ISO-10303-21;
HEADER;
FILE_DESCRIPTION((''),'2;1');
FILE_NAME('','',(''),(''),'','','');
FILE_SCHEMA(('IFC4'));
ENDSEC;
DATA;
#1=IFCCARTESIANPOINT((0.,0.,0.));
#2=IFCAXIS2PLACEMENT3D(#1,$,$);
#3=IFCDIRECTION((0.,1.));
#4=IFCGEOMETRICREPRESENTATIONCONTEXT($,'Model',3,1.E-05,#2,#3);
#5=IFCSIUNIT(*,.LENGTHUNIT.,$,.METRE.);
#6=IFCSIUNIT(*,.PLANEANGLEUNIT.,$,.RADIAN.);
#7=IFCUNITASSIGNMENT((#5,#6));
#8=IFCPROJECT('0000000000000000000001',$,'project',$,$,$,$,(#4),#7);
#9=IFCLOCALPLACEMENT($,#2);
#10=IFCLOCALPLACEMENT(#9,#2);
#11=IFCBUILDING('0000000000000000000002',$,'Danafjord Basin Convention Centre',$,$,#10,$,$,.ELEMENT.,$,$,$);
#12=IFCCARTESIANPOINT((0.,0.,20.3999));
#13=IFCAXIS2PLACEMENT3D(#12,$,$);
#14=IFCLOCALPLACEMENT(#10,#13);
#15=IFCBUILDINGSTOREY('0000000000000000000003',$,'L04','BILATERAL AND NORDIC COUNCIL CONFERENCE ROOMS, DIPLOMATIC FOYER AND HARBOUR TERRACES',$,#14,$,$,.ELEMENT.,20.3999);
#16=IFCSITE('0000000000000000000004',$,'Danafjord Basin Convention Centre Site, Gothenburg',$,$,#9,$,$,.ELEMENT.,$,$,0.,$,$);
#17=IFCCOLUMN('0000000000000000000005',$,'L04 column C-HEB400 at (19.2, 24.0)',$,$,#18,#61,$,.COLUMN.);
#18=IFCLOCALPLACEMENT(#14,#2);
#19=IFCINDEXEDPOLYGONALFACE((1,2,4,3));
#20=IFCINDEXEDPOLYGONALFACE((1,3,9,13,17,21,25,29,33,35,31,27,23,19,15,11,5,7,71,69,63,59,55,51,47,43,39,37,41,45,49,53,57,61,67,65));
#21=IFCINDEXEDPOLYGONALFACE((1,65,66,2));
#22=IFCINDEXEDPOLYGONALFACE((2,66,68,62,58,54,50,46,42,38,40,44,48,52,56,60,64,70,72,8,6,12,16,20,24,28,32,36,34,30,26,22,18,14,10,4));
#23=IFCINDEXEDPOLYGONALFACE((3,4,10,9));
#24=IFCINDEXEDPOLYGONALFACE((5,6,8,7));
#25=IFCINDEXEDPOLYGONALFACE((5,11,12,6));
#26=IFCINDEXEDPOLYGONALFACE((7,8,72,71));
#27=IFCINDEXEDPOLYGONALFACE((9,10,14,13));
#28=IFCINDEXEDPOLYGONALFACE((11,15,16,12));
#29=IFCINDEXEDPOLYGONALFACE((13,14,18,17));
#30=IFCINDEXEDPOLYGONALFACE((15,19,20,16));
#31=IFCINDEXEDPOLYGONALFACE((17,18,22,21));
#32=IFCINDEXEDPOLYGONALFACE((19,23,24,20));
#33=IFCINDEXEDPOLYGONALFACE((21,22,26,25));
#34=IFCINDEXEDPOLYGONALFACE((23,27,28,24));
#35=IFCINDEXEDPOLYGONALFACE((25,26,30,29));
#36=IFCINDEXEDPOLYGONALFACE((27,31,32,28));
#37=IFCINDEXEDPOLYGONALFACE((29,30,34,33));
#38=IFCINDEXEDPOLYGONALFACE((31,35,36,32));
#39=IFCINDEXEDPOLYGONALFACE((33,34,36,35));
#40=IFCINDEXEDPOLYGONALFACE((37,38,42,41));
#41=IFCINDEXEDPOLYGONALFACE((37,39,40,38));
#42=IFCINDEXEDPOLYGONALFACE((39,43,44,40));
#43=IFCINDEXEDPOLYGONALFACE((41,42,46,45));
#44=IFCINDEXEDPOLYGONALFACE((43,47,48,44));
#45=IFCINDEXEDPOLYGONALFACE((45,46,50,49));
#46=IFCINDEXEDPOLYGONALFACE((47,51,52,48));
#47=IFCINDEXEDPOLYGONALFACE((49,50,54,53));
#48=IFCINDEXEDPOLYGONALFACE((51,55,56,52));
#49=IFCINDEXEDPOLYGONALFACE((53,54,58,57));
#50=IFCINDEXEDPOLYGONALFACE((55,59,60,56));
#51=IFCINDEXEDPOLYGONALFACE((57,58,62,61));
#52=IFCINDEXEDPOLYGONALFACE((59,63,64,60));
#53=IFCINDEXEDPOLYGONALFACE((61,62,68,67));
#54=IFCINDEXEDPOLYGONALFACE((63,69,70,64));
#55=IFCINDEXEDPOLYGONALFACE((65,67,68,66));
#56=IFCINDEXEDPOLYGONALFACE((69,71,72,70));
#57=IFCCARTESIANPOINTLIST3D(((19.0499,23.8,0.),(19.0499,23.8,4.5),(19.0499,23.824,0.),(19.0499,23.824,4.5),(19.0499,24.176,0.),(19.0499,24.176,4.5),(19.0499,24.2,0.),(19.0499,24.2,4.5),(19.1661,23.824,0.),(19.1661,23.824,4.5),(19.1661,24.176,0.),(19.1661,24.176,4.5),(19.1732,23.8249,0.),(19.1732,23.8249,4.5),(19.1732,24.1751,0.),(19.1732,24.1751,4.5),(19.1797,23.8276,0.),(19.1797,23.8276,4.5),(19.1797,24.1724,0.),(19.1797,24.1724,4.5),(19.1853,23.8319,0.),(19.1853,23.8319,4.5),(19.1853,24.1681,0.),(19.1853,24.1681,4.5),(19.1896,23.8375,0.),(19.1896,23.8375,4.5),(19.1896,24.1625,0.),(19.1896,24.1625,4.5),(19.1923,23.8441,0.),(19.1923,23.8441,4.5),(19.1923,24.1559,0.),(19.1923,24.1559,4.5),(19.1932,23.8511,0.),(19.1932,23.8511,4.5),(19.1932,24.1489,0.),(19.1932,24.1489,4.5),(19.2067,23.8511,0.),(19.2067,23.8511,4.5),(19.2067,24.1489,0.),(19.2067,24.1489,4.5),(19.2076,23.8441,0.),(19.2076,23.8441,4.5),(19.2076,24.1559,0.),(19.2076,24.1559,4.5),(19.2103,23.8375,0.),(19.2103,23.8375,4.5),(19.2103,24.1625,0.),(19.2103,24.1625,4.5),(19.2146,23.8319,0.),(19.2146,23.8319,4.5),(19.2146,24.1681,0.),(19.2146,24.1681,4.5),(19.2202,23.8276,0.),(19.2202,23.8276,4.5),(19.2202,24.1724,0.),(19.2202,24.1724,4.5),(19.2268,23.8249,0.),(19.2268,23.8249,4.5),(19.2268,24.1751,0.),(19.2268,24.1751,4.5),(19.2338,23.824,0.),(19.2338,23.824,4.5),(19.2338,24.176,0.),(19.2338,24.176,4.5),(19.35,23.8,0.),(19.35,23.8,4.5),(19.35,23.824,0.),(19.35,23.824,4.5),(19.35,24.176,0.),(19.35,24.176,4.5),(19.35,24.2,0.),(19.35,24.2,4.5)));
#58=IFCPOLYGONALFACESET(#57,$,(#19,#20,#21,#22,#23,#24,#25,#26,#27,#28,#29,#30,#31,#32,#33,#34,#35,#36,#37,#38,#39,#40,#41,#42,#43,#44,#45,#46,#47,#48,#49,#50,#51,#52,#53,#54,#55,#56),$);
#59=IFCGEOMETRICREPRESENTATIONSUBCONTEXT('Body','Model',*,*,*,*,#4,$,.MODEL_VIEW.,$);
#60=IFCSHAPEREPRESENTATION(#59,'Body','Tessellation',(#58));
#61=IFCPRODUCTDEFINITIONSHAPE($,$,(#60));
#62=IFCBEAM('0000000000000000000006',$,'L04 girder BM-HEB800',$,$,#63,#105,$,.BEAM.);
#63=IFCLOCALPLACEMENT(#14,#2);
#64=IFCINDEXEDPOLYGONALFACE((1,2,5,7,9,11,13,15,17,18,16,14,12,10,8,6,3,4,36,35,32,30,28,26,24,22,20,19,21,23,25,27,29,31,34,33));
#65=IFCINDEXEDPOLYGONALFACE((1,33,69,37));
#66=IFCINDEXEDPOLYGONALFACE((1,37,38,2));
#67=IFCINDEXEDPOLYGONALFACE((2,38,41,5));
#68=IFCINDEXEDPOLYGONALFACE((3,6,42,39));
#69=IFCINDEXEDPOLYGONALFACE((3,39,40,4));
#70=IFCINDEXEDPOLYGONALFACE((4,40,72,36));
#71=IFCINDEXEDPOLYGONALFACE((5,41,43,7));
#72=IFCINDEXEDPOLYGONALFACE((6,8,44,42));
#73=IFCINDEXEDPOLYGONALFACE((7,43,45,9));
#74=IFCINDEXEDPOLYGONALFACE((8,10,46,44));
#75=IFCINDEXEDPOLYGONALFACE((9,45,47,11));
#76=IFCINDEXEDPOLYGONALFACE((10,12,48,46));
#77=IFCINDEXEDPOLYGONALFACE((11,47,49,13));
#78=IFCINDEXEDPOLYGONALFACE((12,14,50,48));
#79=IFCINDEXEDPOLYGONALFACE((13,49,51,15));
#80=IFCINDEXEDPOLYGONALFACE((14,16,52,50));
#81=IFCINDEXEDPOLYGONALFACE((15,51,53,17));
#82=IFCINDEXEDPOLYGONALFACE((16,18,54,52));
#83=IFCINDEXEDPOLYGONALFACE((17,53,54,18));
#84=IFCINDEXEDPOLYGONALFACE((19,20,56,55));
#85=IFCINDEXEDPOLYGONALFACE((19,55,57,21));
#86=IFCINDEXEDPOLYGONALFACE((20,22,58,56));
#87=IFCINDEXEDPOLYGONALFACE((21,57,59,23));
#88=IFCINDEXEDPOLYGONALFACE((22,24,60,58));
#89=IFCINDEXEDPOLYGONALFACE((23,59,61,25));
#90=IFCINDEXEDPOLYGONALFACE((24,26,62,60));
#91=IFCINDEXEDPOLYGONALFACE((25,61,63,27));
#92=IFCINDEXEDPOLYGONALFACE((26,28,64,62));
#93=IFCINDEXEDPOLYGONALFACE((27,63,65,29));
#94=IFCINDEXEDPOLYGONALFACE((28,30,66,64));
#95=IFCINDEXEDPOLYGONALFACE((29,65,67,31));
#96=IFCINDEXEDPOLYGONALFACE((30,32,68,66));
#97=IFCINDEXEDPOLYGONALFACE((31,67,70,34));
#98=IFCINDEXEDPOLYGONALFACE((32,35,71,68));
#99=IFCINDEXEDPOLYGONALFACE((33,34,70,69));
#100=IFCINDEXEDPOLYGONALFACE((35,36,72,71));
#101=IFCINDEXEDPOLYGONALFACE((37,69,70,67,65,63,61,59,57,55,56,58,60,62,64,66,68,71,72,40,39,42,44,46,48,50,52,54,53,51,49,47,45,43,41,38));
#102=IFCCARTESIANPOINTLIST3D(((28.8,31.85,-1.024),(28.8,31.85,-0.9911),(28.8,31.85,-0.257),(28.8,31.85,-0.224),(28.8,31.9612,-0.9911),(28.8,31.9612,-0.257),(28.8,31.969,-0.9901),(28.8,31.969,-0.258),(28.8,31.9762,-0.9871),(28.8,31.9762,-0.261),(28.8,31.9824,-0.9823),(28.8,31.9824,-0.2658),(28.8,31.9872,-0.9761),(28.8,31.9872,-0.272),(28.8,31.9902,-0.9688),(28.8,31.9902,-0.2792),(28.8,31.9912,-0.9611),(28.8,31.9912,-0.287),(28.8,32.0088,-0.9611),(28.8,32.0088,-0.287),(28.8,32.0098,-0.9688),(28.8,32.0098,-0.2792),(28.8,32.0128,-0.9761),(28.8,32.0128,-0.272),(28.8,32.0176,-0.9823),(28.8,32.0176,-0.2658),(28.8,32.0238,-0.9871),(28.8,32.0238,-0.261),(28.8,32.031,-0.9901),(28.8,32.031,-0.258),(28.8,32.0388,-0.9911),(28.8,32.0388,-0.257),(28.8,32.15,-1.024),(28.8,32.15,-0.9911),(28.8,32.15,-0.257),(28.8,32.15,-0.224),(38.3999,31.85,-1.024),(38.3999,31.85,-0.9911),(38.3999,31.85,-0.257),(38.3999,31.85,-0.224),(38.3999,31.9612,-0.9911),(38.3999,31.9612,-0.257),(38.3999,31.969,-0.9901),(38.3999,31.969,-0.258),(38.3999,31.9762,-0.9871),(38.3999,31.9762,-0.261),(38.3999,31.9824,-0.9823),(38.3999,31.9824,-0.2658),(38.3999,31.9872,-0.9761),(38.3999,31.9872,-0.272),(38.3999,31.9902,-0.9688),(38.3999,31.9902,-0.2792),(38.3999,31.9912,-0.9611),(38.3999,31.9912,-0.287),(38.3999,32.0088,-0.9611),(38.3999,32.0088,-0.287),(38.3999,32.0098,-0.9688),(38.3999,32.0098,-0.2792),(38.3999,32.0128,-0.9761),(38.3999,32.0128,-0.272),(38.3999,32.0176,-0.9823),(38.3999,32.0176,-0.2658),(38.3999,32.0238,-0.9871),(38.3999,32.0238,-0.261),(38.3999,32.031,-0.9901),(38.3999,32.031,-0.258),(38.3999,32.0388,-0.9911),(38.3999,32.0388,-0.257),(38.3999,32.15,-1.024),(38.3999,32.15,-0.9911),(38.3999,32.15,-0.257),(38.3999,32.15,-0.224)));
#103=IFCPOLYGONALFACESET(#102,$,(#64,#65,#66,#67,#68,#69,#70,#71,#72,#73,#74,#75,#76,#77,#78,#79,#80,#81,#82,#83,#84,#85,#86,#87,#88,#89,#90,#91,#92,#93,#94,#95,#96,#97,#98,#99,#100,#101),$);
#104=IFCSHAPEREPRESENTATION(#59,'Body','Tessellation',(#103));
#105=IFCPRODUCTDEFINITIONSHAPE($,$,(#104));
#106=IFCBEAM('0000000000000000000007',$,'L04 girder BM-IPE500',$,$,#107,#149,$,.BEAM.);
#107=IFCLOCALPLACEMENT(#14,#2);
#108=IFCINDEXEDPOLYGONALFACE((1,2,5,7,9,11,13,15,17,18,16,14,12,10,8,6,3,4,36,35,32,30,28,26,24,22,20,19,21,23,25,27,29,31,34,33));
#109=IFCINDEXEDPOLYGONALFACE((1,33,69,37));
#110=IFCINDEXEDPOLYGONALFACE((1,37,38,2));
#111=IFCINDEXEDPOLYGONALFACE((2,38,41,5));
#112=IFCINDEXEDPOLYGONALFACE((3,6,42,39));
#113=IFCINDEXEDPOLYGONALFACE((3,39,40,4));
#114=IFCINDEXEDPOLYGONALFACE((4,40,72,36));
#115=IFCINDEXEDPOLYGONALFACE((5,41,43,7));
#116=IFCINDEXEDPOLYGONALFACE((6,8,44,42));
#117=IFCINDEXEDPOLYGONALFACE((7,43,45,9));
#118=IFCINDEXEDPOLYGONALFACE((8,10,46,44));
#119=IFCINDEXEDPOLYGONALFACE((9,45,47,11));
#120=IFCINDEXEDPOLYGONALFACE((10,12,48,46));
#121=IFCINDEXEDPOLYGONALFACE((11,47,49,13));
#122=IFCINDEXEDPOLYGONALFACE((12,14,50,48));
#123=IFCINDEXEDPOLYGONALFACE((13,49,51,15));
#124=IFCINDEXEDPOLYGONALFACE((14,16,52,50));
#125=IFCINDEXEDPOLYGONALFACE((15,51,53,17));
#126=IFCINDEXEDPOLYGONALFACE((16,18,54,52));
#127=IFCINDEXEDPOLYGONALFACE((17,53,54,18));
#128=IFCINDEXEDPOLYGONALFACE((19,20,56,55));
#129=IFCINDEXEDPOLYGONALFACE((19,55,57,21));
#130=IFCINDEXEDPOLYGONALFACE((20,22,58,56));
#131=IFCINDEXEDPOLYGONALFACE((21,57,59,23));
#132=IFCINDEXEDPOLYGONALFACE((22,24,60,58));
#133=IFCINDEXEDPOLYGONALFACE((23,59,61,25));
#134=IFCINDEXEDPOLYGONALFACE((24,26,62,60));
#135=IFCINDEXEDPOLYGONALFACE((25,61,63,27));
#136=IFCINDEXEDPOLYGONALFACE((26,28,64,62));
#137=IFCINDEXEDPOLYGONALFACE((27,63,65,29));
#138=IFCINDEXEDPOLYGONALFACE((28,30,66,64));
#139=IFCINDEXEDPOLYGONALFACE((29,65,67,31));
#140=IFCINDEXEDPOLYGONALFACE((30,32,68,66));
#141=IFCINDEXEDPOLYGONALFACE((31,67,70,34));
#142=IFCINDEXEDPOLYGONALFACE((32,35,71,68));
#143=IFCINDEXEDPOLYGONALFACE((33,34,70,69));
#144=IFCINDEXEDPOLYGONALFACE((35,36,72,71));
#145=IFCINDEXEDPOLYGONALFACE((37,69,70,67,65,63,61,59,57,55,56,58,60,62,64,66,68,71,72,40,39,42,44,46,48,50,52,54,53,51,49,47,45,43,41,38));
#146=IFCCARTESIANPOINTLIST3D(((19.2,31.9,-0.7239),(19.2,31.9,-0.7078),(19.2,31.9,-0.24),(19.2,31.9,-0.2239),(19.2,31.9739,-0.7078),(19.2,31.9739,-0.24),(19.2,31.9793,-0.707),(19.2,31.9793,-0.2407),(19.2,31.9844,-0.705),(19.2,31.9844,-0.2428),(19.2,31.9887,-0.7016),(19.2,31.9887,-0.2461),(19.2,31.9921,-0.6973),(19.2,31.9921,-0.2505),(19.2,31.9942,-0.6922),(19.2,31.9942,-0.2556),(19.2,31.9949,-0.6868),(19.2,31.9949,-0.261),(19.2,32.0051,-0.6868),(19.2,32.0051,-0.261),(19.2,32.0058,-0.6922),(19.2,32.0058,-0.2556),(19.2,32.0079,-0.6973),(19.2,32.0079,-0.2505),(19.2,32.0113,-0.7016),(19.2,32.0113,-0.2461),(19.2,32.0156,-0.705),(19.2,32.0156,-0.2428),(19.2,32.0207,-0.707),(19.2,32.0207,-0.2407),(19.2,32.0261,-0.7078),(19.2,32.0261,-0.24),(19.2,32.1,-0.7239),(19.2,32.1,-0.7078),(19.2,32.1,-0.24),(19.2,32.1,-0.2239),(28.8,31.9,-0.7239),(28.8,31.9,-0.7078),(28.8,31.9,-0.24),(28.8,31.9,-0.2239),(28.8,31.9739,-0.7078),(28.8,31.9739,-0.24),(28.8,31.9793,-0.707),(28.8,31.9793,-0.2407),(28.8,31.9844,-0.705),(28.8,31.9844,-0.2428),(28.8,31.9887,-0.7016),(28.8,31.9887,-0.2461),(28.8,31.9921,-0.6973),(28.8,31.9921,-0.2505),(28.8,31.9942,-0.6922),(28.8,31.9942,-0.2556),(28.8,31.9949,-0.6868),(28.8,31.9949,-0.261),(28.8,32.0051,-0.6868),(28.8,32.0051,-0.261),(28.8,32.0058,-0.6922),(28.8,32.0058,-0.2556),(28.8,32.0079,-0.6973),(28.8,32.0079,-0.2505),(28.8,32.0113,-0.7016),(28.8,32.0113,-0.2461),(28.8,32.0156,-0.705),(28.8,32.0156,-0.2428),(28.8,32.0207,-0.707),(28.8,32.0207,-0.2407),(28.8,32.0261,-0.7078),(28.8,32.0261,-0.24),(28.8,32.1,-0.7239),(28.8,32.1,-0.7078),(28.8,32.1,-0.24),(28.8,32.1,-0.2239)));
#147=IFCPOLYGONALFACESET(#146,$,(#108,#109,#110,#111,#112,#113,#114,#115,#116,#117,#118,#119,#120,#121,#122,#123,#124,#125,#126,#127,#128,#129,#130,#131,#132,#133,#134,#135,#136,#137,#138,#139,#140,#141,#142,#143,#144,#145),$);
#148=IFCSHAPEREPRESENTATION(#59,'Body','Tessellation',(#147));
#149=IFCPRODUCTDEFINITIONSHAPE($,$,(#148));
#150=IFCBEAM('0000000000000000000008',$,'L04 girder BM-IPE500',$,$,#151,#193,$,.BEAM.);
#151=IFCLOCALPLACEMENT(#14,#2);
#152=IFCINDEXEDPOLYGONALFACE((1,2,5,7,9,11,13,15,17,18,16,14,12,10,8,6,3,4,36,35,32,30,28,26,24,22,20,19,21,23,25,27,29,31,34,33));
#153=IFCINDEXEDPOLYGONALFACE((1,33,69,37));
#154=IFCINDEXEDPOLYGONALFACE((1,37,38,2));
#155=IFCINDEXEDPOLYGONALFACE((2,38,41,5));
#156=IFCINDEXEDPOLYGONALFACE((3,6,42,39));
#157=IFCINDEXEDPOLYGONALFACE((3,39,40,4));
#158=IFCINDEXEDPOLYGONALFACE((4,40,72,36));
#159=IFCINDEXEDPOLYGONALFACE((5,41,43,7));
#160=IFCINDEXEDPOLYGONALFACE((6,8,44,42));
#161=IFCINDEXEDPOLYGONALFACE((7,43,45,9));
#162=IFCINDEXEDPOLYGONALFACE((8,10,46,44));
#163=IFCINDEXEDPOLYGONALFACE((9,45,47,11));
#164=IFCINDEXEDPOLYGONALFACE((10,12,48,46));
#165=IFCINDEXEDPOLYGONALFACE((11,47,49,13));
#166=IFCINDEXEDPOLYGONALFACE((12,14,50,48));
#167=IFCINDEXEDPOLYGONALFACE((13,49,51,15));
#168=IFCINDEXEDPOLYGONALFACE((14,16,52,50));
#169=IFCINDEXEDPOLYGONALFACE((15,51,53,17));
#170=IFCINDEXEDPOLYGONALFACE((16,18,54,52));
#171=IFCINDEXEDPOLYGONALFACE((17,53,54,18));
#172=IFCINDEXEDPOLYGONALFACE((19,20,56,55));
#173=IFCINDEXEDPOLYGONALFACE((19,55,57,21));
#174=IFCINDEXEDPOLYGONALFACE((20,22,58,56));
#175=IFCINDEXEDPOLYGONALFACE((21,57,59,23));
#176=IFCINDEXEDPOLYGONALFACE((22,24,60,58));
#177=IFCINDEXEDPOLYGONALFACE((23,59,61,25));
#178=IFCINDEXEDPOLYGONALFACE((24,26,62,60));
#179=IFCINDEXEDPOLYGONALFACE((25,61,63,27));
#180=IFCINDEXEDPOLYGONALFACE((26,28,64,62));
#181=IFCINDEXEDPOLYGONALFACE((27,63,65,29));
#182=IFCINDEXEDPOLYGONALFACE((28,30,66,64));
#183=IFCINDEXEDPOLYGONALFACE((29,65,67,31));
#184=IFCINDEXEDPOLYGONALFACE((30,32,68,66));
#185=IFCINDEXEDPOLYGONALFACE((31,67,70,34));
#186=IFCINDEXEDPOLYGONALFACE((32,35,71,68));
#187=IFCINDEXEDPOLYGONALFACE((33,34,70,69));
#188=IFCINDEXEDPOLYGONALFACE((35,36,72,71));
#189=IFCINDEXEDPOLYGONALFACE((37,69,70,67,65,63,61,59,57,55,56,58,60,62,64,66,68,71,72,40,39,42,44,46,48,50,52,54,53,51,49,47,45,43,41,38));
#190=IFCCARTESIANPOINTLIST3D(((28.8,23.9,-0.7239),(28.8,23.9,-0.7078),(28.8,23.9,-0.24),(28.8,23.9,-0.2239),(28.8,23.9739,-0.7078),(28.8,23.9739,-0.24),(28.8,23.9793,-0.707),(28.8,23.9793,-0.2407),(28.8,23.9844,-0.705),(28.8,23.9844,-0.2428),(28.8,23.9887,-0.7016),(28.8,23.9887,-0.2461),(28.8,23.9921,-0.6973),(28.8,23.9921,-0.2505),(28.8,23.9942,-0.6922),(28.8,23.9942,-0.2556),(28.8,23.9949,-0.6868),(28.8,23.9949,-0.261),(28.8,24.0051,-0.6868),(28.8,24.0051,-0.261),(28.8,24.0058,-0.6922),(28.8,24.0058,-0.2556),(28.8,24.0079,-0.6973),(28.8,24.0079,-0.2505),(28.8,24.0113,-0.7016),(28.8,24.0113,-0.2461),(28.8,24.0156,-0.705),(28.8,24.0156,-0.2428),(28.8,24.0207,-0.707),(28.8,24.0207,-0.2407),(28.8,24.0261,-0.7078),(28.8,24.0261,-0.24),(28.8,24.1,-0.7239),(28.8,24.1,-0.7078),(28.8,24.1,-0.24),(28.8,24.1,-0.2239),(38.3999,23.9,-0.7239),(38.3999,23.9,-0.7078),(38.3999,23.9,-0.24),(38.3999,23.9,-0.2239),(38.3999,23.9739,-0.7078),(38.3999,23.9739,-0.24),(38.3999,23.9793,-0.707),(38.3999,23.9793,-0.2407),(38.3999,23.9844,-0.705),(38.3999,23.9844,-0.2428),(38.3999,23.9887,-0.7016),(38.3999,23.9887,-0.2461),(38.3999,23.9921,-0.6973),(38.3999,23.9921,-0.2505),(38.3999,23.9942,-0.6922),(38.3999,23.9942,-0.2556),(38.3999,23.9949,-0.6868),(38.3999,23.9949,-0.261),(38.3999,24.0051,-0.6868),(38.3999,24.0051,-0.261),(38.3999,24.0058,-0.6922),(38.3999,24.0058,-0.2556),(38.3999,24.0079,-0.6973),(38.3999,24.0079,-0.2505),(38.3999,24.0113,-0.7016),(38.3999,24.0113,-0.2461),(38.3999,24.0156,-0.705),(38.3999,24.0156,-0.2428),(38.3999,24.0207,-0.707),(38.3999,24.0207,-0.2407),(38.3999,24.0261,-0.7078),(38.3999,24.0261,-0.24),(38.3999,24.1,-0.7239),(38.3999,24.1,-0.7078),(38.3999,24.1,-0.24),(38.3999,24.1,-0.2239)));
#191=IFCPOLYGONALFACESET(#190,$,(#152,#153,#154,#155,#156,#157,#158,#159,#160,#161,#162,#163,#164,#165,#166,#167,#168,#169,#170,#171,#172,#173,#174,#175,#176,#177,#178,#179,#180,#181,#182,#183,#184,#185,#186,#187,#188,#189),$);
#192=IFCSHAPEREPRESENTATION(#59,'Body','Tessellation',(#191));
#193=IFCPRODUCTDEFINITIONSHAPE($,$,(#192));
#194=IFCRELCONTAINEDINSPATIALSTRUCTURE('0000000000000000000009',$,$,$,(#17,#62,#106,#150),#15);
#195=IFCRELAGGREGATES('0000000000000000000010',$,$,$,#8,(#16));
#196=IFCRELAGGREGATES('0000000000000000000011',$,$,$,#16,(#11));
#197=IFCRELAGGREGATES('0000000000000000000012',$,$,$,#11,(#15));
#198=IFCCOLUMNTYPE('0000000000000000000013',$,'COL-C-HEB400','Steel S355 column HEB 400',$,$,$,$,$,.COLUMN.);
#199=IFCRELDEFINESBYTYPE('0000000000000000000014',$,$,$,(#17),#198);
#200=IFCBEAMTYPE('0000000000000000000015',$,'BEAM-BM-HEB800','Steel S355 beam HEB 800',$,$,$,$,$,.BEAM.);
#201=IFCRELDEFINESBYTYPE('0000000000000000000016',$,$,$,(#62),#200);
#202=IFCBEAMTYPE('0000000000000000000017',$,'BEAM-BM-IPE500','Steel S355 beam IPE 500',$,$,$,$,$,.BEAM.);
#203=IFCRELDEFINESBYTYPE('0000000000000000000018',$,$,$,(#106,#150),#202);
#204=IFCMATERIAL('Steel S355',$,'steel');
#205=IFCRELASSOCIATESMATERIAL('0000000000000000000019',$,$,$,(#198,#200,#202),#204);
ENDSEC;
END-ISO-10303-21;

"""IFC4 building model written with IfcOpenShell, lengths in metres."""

from ifc_helpers import new_model, si_unit, direction, frame, origin, origin_2d, place, context, subcontext, project, spatial, i_section, extrude, material, material_profile, profile_set, type_object, element, save


model = new_model("IFC4")

# Units and contexts
model_context = context("Model", 3, precision=1e-05, world=origin(), true_north=direction((0.0, 1.0)))
body_context = subcontext(model_context, "Body", "Model", "MODEL_VIEW")
ifc_project = project(units=[si_unit("LENGTHUNIT", "METRE"), si_unit("PLANEANGLEUNIT", "RADIAN")], contexts=[model_context])

# Site, building, storey
site_placement = place(None, origin())
site = spatial("IfcSite", under=ifc_project, at=site_placement, Name="Danafjord Basin Convention Centre Site, Gothenburg", CompositionType="ELEMENT", RefElevation=0.0)
building_placement = place(site_placement, origin())
building = spatial("IfcBuilding", under=site, at=building_placement, Name="Danafjord Basin Convention Centre", CompositionType="ELEMENT")
storey_placement = place(building_placement, frame((0.0, 0.0, 20.3999)))
storey = spatial("IfcBuildingStorey", under=building, at=storey_placement, Name="L04", Description="BILATERAL AND NORDIC COUNCIL CONFERENCE ROOMS, DIPLOMATIC FOYER AND HARBOUR TERRACES", CompositionType="ELEMENT", Elevation=20.3999)

# Column
ifc_material_1 = material(Name="Steel S355", Category="steel")
ifc_material_profile_1 = material_profile(ifc_material_1, i_section(OverallWidth=0.3, OverallDepth=0.3999, WebThickness=0.0134, FlangeThickness=0.0239, FilletRadius=0.0271, at=origin_2d()), Name="HEB 400")
ifc_profile_set_1 = profile_set([ifc_material_profile_1], Name="Steel S355")
column_type_1 = type_object("IfcColumnType", Name="COL-C-HEB400", Description="Steel S355 column HEB 400", PredefinedType="COLUMN", material=ifc_profile_set_1)
column_1_placement = place(storey_placement, frame((19.2, 24.0, 0.0), z_axis=(0.0, 0.0, 1.0), x_axis=(1.0, 0.0, 0.0)))
element("IfcColumn", 1, at=column_1_placement, inside=storey, type_object=column_type_1, Name="L04 column C-HEB400 at (19.2, 24.0)", PredefinedType="COLUMN", context=body_context, shape_type="SweptSolid", body=[
    extrude(i_section(OverallWidth=0.3, OverallDepth=0.3999, WebThickness=0.0134, FlangeThickness=0.0239, FilletRadius=0.0271, at=origin_2d()), origin(), (0.0, 0.0, 1.0), 4.5),
])

# Beams
ifc_material_profile_2 = material_profile(ifc_material_1, i_section(OverallWidth=0.3, OverallDepth=0.8, WebThickness=0.0176, FlangeThickness=0.033, FilletRadius=0.03, at=origin_2d()), Name="HEB 800")
ifc_profile_set_2 = profile_set([ifc_material_profile_2], Name="Steel S355")
beam_type_1 = type_object("IfcBeamType", Name="BEAM-BM-HEB800", Description="Steel S355 beam HEB 800", PredefinedType="BEAM", material=ifc_profile_set_2)
beam_1_placement = place(storey_placement, frame((28.8, 32.0, -0.624), z_axis=(1.0, 0.0, 0.0), x_axis=(0.0, 1.0, 0.0)))
element("IfcBeam", 2, at=beam_1_placement, inside=storey, type_object=beam_type_1, Name="L04 girder BM-HEB800", PredefinedType="BEAM", context=body_context, shape_type="SweptSolid", body=[
    extrude(i_section(OverallWidth=0.3, OverallDepth=0.8, WebThickness=0.0176, FlangeThickness=0.033, FilletRadius=0.03, at=origin_2d()), origin(), (0.0, 0.0, 1.0), 9.5999),
])
ifc_material_profile_3 = material_profile(ifc_material_1, i_section(OverallWidth=0.2, OverallDepth=0.5, WebThickness=0.0103, FlangeThickness=0.0161, FilletRadius=0.021, at=origin_2d()), Name="IPE 500")
ifc_profile_set_3 = profile_set([ifc_material_profile_3], Name="Steel S355")
beam_type_2 = type_object("IfcBeamType", Name="BEAM-BM-IPE500", Description="Steel S355 beam IPE 500", PredefinedType="BEAM", material=ifc_profile_set_3)
beam_2_placement = place(storey_placement, frame((19.2, 32.0, -0.4739), z_axis=(1.0, 0.0, 0.0), x_axis=(0.0, 1.0, 0.0)))
element("IfcBeam", 3, at=beam_2_placement, inside=storey, type_object=beam_type_2, Name="L04 girder BM-IPE500", PredefinedType="BEAM", context=body_context, shape_type="SweptSolid", body=[
    extrude(i_section(OverallWidth=0.2, OverallDepth=0.5, WebThickness=0.0103, FlangeThickness=0.0161, FilletRadius=0.021, at=origin_2d()), origin(), (0.0, 0.0, 1.0), 9.6001),
])
beam_3_placement = place(storey_placement, frame((28.8, 24.0, -0.4739), z_axis=(1.0, 0.0, 0.0), x_axis=(0.0, 1.0, 0.0)))
element("IfcBeam", 4, at=beam_3_placement, inside=storey, type_object=beam_type_2, Name="L04 girder BM-IPE500", PredefinedType="BEAM", context=body_context, shape_type="SweptSolid", body=[
    extrude(i_section(OverallWidth=0.2, OverallDepth=0.5, WebThickness=0.0103, FlangeThickness=0.0161, FilletRadius=0.021, at=origin_2d()), origin(), (0.0, 0.0, 1.0), 9.5999),
])

save(model, "model.ifc")
